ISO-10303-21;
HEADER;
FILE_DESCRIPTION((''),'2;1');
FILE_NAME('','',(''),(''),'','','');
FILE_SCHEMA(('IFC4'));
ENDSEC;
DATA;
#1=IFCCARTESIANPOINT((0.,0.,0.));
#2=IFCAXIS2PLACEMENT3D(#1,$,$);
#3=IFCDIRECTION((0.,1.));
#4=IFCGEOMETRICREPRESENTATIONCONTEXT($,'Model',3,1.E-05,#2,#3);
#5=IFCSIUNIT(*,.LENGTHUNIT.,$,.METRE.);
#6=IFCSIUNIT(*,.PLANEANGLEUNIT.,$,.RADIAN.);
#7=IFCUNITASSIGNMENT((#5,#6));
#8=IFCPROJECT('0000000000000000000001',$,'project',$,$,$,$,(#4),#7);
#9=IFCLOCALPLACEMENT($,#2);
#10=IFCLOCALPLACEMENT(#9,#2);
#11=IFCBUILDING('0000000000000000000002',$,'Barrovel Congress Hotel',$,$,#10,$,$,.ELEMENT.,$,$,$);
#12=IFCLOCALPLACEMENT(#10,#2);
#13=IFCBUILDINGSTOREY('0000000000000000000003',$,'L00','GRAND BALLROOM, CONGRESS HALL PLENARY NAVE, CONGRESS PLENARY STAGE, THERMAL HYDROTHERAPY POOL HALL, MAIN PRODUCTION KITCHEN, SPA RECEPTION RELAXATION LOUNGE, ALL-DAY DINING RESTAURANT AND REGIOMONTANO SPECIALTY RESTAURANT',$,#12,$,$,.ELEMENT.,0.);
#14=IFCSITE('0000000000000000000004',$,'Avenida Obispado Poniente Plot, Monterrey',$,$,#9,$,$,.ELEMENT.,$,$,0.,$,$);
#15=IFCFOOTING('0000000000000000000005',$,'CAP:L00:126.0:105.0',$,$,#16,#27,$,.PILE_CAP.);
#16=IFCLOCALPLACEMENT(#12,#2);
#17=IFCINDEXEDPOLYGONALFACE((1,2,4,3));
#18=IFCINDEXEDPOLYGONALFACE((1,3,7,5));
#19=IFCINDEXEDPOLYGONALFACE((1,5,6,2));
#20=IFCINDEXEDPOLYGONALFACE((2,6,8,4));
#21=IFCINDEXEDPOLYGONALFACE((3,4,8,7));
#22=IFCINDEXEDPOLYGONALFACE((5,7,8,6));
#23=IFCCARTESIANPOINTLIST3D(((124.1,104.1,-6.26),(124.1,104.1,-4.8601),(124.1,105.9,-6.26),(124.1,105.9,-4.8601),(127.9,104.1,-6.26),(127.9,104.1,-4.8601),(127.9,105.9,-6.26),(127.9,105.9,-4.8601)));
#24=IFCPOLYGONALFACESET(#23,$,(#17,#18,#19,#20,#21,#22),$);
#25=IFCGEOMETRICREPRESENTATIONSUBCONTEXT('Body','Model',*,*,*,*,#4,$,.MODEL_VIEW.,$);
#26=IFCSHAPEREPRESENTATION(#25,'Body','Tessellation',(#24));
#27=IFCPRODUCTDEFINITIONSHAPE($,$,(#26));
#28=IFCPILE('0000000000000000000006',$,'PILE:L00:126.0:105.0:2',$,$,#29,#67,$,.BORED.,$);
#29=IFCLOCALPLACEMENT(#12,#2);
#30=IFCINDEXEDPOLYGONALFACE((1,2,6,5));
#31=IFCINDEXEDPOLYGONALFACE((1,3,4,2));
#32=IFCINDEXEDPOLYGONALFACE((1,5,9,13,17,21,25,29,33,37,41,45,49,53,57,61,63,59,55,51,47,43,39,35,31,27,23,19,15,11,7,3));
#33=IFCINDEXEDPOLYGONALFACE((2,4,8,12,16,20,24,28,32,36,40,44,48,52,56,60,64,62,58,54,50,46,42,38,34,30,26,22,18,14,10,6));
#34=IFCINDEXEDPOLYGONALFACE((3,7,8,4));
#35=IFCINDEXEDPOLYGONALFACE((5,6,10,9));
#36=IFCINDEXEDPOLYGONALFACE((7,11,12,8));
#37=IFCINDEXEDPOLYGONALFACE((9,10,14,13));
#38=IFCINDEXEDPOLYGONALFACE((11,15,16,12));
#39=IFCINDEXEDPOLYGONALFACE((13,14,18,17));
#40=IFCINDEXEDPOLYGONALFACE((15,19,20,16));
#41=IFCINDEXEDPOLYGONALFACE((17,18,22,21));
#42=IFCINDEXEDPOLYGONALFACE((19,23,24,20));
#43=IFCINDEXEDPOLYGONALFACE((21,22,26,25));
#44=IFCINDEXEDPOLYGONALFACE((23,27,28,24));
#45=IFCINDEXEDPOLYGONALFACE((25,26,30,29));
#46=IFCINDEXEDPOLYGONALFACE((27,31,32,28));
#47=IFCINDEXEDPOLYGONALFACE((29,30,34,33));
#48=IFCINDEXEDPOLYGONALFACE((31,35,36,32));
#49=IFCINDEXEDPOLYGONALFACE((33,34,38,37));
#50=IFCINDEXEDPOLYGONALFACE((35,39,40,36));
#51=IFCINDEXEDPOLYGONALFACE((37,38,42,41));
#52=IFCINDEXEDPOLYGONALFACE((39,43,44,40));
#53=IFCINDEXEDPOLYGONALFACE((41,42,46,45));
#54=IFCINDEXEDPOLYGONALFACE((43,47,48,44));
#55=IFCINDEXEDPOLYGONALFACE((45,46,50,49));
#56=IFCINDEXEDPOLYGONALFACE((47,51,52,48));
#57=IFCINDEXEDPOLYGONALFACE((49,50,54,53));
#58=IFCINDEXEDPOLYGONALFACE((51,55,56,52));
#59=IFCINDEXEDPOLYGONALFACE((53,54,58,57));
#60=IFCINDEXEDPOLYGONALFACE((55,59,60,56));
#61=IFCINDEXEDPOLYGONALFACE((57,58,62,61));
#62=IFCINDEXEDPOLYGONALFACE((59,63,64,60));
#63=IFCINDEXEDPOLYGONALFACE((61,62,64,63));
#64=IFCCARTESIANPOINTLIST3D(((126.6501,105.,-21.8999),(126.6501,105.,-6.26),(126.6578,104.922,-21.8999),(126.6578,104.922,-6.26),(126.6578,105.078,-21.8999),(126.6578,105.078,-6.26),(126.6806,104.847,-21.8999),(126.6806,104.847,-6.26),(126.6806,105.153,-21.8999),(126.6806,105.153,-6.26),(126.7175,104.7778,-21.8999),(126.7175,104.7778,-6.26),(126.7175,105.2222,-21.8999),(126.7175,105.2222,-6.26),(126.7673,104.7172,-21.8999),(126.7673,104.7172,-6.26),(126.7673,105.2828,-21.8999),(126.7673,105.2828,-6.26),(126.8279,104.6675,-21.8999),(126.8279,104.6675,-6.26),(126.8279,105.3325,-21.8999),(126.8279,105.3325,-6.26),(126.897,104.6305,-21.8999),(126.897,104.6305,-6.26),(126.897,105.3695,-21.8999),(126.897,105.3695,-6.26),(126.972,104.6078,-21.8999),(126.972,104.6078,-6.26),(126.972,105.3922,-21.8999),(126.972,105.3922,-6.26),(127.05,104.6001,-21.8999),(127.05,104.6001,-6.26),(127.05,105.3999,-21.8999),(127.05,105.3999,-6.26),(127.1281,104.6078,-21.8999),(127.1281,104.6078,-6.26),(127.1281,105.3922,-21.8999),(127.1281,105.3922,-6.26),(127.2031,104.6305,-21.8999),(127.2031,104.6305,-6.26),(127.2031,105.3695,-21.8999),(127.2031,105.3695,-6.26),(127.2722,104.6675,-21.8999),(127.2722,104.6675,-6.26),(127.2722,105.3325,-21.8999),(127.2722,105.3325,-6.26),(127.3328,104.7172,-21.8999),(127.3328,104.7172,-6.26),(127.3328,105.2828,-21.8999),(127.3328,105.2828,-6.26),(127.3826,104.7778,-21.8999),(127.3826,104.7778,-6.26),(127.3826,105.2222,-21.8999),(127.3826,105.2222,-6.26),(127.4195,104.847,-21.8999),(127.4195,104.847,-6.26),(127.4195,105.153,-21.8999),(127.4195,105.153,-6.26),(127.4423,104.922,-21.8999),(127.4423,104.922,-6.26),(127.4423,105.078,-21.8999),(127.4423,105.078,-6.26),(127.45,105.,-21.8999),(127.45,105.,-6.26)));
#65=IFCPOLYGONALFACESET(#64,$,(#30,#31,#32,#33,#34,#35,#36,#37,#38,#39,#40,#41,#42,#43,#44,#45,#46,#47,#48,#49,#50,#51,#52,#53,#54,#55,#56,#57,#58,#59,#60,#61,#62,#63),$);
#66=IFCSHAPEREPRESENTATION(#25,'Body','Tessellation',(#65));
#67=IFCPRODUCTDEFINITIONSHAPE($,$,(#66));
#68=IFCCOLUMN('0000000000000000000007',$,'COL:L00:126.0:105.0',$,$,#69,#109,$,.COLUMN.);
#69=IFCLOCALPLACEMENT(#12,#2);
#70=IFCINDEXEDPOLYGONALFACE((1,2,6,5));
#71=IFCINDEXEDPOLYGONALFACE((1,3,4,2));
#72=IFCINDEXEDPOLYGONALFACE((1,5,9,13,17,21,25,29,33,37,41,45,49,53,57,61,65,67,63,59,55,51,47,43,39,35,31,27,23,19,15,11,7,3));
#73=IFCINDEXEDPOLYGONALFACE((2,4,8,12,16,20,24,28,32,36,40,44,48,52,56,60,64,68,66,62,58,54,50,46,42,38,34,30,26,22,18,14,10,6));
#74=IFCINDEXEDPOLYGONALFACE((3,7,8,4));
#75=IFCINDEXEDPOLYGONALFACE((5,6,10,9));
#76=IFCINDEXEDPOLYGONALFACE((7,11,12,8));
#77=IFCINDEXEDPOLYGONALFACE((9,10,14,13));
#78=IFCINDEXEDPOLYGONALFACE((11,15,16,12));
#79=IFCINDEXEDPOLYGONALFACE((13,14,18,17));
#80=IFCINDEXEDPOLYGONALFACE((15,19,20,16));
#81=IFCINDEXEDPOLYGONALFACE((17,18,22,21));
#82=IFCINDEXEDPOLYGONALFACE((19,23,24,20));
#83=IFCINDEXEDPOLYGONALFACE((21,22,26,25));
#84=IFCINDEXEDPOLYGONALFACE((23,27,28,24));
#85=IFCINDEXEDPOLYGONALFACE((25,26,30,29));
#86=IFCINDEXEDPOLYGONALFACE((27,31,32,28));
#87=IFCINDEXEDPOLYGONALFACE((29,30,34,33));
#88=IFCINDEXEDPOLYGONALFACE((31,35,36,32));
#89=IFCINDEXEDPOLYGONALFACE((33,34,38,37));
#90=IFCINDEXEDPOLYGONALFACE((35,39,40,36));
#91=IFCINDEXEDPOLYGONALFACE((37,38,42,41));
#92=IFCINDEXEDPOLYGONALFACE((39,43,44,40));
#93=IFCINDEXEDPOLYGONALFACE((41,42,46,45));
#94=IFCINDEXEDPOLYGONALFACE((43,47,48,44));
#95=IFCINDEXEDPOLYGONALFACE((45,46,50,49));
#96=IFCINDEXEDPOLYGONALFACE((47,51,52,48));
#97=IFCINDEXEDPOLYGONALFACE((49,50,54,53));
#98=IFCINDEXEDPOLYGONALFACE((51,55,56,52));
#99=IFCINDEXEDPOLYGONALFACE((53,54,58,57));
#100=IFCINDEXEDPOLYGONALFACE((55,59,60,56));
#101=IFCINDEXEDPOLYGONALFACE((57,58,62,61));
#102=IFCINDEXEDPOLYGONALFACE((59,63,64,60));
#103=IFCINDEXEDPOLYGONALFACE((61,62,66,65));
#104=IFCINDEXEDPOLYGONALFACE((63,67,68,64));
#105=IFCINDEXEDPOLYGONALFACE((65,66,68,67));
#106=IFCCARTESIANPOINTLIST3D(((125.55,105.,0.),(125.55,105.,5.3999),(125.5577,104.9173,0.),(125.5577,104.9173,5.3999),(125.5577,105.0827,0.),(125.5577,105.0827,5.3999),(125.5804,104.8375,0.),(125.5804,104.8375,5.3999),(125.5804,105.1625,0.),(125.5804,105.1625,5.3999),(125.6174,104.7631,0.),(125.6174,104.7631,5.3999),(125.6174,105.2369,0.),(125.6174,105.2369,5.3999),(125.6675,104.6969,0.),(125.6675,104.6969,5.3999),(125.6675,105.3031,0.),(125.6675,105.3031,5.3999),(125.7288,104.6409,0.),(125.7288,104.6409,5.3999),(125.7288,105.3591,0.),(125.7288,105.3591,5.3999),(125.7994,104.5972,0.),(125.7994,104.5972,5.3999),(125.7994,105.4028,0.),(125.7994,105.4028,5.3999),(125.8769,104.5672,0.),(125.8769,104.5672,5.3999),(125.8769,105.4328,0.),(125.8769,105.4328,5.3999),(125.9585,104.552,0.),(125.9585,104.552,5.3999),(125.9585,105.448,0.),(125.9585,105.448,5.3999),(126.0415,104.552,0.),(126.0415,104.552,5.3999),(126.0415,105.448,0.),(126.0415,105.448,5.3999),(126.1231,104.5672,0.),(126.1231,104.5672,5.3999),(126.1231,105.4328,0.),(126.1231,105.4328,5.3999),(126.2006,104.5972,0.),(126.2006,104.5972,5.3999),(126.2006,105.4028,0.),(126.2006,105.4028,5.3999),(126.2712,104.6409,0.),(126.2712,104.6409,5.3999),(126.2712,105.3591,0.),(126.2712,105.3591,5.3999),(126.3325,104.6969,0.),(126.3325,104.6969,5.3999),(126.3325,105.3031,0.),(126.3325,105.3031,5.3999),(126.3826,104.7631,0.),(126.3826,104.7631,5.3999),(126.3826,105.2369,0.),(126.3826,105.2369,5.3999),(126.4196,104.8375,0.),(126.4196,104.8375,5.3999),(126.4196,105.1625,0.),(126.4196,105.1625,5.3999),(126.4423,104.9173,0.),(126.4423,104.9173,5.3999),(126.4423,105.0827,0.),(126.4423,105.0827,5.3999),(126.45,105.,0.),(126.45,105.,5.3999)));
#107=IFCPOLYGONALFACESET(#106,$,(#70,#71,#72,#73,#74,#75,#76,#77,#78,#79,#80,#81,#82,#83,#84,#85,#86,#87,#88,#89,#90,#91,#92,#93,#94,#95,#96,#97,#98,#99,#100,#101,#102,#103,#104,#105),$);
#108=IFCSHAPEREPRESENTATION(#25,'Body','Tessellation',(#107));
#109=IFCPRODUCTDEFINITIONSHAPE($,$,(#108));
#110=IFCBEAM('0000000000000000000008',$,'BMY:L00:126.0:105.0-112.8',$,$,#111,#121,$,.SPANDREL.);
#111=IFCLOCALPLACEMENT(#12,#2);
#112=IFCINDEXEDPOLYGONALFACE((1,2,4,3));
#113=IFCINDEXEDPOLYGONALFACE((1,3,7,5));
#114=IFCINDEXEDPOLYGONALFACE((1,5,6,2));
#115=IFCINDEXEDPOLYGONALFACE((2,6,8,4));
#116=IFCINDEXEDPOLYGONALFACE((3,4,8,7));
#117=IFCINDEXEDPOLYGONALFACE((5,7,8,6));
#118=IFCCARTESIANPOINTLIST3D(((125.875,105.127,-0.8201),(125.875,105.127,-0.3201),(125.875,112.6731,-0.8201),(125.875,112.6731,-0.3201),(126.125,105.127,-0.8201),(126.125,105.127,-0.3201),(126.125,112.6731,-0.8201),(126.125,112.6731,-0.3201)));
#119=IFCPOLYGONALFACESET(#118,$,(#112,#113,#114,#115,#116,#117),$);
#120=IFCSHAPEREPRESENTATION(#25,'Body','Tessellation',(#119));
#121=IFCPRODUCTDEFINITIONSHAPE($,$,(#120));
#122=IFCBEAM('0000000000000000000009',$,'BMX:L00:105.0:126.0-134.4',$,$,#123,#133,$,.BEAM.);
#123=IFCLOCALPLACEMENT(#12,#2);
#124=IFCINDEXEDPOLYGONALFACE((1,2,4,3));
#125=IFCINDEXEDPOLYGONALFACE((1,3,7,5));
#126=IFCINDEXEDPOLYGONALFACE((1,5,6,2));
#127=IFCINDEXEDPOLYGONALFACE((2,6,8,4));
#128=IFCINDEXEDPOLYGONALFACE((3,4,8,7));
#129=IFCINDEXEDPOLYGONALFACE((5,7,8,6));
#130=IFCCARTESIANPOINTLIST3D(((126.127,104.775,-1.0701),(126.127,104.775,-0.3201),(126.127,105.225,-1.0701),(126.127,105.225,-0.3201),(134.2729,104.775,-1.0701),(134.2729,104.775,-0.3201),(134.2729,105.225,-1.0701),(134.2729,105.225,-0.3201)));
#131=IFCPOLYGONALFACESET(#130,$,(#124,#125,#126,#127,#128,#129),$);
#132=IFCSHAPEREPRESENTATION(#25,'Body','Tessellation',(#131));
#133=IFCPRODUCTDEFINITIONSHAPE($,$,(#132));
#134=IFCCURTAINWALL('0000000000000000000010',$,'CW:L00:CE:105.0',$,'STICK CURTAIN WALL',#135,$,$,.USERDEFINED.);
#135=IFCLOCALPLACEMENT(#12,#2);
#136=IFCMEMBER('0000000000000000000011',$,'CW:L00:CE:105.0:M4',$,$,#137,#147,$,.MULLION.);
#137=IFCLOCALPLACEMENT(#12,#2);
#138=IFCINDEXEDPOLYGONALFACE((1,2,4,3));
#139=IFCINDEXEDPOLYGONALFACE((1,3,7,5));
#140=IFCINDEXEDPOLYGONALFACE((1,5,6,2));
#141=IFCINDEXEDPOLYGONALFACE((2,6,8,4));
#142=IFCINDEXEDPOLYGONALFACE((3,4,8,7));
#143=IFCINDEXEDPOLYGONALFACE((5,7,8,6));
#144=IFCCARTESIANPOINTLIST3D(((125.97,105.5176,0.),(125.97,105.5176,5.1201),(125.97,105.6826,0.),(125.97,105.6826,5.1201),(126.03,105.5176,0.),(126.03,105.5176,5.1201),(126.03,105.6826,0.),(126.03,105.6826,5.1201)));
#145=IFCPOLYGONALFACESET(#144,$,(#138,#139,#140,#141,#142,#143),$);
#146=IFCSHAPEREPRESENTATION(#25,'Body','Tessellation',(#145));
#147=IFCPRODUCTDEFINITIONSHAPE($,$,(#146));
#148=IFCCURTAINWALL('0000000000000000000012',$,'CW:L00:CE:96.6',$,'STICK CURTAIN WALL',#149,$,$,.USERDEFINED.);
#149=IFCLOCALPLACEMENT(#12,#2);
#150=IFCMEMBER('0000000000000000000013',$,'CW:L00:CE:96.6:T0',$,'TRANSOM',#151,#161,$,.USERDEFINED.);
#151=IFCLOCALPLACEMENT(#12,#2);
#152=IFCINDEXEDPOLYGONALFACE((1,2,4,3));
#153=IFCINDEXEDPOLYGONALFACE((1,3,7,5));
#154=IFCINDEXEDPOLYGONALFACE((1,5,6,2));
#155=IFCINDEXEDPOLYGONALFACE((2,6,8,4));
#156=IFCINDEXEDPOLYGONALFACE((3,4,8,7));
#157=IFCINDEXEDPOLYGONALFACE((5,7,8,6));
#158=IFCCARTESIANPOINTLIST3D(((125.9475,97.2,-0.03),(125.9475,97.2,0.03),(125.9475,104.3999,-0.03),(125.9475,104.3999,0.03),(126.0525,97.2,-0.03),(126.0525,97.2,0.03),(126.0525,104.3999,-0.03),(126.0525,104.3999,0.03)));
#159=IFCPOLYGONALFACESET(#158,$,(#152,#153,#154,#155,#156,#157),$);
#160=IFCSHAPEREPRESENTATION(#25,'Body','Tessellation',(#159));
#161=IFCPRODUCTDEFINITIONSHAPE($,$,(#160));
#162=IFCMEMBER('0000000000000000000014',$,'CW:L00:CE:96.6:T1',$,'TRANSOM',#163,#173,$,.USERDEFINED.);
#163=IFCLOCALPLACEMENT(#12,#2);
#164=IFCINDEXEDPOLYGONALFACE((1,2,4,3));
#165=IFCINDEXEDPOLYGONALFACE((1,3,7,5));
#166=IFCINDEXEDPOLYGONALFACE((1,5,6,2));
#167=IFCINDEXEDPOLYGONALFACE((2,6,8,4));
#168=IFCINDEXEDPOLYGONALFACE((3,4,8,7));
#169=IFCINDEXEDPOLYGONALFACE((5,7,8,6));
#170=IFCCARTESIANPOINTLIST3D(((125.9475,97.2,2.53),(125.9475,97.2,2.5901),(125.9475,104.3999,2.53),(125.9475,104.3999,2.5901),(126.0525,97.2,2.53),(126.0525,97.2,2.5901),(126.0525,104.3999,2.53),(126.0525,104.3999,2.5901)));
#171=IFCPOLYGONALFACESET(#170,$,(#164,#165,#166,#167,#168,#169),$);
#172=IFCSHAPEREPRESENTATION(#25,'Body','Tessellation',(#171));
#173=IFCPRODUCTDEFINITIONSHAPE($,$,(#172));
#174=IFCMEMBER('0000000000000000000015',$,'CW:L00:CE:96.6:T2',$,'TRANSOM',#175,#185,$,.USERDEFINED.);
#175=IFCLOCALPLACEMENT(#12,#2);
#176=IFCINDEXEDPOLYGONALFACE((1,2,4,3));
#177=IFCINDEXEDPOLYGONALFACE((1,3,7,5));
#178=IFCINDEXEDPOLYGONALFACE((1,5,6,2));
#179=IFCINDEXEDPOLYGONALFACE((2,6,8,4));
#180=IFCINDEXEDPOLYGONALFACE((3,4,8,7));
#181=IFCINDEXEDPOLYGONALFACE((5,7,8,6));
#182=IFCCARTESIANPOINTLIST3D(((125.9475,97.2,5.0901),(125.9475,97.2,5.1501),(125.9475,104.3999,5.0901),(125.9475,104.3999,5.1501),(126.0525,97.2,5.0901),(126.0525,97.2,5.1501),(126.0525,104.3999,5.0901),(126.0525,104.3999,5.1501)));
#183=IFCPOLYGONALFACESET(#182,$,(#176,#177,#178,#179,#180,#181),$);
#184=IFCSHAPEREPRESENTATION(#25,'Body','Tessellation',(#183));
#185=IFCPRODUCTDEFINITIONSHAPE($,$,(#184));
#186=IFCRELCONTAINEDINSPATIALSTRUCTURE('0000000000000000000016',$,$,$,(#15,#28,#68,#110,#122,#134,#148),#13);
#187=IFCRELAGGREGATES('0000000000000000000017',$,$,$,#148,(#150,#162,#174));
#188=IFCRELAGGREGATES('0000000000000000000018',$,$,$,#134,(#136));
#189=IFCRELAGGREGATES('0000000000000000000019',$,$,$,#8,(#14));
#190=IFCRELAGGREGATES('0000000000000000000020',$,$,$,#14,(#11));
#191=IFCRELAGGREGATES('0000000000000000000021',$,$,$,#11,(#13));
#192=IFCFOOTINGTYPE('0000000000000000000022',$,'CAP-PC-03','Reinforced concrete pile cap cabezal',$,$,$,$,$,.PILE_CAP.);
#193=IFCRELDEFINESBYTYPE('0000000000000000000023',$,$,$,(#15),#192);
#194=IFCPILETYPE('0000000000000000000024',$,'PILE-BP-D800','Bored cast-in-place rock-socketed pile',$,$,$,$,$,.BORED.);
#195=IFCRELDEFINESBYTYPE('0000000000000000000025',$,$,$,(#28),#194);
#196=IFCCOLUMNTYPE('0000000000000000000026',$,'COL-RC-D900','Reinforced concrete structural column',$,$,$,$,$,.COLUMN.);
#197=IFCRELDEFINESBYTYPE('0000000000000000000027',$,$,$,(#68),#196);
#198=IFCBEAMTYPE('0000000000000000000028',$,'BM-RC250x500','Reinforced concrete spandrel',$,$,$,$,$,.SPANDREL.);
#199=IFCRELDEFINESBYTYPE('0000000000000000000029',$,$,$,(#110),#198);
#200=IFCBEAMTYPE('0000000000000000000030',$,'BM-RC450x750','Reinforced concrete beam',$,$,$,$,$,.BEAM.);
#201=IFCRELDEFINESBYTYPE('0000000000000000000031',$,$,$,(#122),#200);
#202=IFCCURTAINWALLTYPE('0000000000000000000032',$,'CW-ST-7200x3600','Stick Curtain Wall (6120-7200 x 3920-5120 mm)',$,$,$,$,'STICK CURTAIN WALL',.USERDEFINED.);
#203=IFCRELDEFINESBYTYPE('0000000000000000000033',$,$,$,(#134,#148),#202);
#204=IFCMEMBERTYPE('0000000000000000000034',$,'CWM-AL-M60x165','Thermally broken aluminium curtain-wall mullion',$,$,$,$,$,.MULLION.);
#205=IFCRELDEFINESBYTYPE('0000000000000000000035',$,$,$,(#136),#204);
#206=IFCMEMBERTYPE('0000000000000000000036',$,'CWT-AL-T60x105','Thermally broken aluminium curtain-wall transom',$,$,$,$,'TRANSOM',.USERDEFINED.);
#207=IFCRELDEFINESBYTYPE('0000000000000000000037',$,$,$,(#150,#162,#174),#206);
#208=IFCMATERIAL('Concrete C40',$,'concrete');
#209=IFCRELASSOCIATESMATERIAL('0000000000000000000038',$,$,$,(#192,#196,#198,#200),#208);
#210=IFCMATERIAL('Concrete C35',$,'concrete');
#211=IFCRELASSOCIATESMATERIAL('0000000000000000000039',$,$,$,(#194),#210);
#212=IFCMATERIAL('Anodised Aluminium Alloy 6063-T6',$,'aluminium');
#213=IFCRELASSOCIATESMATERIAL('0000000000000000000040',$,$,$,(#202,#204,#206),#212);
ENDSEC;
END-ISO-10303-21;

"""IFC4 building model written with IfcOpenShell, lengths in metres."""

from ifc_helpers import new_model, si_unit, direction, frame, origin, origin_2d, place, context, subcontext, project, spatial, rectangle, circle, extrude, material, material_profile, profile_set, type_object, element, aggregate, save


model = new_model("IFC4")

# Units and contexts
model_context = context("Model", 3, precision=1e-05, world=origin(), true_north=direction((0.0, 1.0)))
body_context = subcontext(model_context, "Body", "Model", "MODEL_VIEW")
ifc_project = project(units=[si_unit("LENGTHUNIT", "METRE"), si_unit("PLANEANGLEUNIT", "RADIAN")], contexts=[model_context])

# Site, building, storey
site_placement = place(None, origin())
site = spatial("IfcSite", under=ifc_project, at=site_placement, Name="Avenida Obispado Poniente Plot, Monterrey", CompositionType="ELEMENT", RefElevation=0.0)
building_placement = place(site_placement, origin())
building = spatial("IfcBuilding", under=site, at=building_placement, Name="Barrovel Congress Hotel", CompositionType="ELEMENT")
storey_placement = place(building_placement, origin())
storey = spatial("IfcBuildingStorey", under=building, at=storey_placement, Name="L00", Description="GRAND BALLROOM, CONGRESS HALL PLENARY NAVE, CONGRESS PLENARY STAGE, THERMAL HYDROTHERAPY POOL HALL, MAIN PRODUCTION KITCHEN, SPA RECEPTION RELAXATION LOUNGE, ALL-DAY DINING RESTAURANT AND REGIOMONTANO SPECIALTY RESTAURANT", CompositionType="ELEMENT", Elevation=0.0)

# Footing
ifc_material_1 = material(Name="Concrete C40", Category="concrete")
footing_type = type_object("IfcFootingType", Name="CAP-PC-03", Description="Reinforced concrete pile cap cabezal", PredefinedType="PILE_CAP", material=ifc_material_1)
footing_placement = place(storey_placement, frame((126.0, 105.0, -6.26), z_axis=(0.0, 0.0, 1.0), x_axis=(1.0, 0.0, 0.0)))
element("IfcFooting", 1, at=footing_placement, inside=storey, type_object=footing_type, Name="CAP:L00:126.0:105.0", PredefinedType="PILE_CAP", context=body_context, shape_type="SweptSolid", body=[
    extrude(rectangle(XDim=3.8, YDim=1.8, at=origin_2d()), origin(), (0.0, 0.0, 1.0), 1.3999),
])

# Pile
ifc_material_2 = material(Name="Concrete C35", Category="concrete")
ifc_material_profile_1 = material_profile(ifc_material_2, circle(Radius=0.3999, at=origin_2d()), Name="BP-D800")
ifc_profile_set_1 = profile_set([ifc_material_profile_1], Name="Concrete C35")
pile_type = type_object("IfcPileType", Name="PILE-BP-D800", Description="Bored cast-in-place rock-socketed pile", PredefinedType="BORED", material=ifc_profile_set_1)
pile_placement = place(storey_placement, frame((127.05, 105.0, -6.26), z_axis=(0.0, 0.0, -1.0), x_axis=(1.0, 0.0, 0.0)))
element("IfcPile", 2, at=pile_placement, inside=storey, type_object=pile_type, Name="PILE:L00:126.0:105.0:2", PredefinedType="BORED", context=body_context, shape_type="SweptSolid", body=[
    extrude(circle(Radius=0.3999, at=origin_2d()), origin(), (0.0, 0.0, 1.0), 15.6399),
])

# Column
ifc_material_profile_2 = material_profile(ifc_material_1, circle(Radius=0.45, at=origin_2d()), Name="RC-D900")
ifc_profile_set_2 = profile_set([ifc_material_profile_2], Name="Concrete C40")
column_type = type_object("IfcColumnType", Name="COL-RC-D900", Description="Reinforced concrete structural column", PredefinedType="COLUMN", material=ifc_profile_set_2)
column_placement = place(storey_placement, frame((126.0, 105.0, 0.0), z_axis=(0.0, 0.0, 1.0), x_axis=(1.0, 0.0, 0.0)))
element("IfcColumn", 3, at=column_placement, inside=storey, type_object=column_type, Name="COL:L00:126.0:105.0", PredefinedType="COLUMN", context=body_context, shape_type="SweptSolid", body=[
    extrude(circle(Radius=0.45, at=origin_2d()), origin(), (0.0, 0.0, 1.0), 5.3999),
])

# Beams
ifc_material_profile_3 = material_profile(ifc_material_1, rectangle(XDim=0.25, YDim=0.5, at=origin_2d()), Name="RC250x500")
ifc_profile_set_3 = profile_set([ifc_material_profile_3], Name="Concrete C40")
beam_type_1 = type_object("IfcBeamType", Name="BM-RC250x500", Description="Reinforced concrete spandrel", PredefinedType="SPANDREL", material=ifc_profile_set_3)
beam_1_placement = place(storey_placement, frame((126.0, 105.127, -0.5701), z_axis=(0.0, 1.0, 0.0), x_axis=(-1.0, 0.0, 0.0)))
element("IfcBeam", 4, at=beam_1_placement, inside=storey, type_object=beam_type_1, Name="BMY:L00:126.0:105.0-112.8", PredefinedType="SPANDREL", context=body_context, shape_type="SweptSolid", body=[
    extrude(rectangle(XDim=0.25, YDim=0.5, at=origin_2d()), origin(), (0.0, 0.0, 1.0), 7.5461),
])
ifc_material_profile_4 = material_profile(ifc_material_1, rectangle(XDim=0.45, YDim=0.75, at=origin_2d()), Name="RC450x750")
ifc_profile_set_4 = profile_set([ifc_material_profile_4], Name="Concrete C40")
beam_type_2 = type_object("IfcBeamType", Name="BM-RC450x750", Description="Reinforced concrete beam", PredefinedType="BEAM", material=ifc_profile_set_4)
beam_2_placement = place(storey_placement, frame((126.127, 105.0, -0.6951), z_axis=(1.0, 0.0, 0.0), x_axis=(0.0, 1.0, 0.0)))
element("IfcBeam", 5, at=beam_2_placement, inside=storey, type_object=beam_type_2, Name="BMX:L00:105.0:126.0-134.4", PredefinedType="BEAM", context=body_context, shape_type="SweptSolid", body=[
    extrude(rectangle(XDim=0.45, YDim=0.75, at=origin_2d()), origin(), (0.0, 0.0, 1.0), 8.146),
])

# Curtain wall, member
ifc_material_3 = material(Name="Anodised Aluminium Alloy 6063-T6", Category="aluminium")
curtain_wall_type = type_object("IfcCurtainWallType", Name="CW-ST-7200x3600", Description="Stick Curtain Wall (6120-7200 x 3920-5120 mm)", ElementType="STICK CURTAIN WALL", PredefinedType="USERDEFINED", material=ifc_material_3)
curtain_wall_1_placement = place(storey_placement, origin())
curtain_wall_1 = element("IfcCurtainWall", 6, at=curtain_wall_1_placement, inside=storey, type_object=curtain_wall_type, Name="CW:L00:CE:105.0", ObjectType="STICK CURTAIN WALL", PredefinedType="USERDEFINED")
ifc_material_profile_5 = material_profile(ifc_material_3, rectangle(XDim=0.0601, YDim=0.165, at=origin_2d()), Name="AL-M60x165")
ifc_profile_set_5 = profile_set([ifc_material_profile_5], Name="Anodised Aluminium Alloy 6063-T6")
member_type_1 = type_object("IfcMemberType", Name="CWM-AL-M60x165", Description="Thermally broken aluminium curtain-wall mullion", PredefinedType="MULLION", material=ifc_profile_set_5)
member_1_placement = place(storey_placement, frame((126.0, 105.6001, 0.0), z_axis=(0.0, 0.0, 1.0), x_axis=(1.0, 0.0, 0.0)))
member_1 = element("IfcMember", 7, at=member_1_placement, type_object=member_type_1, Name="CW:L00:CE:105.0:M4", PredefinedType="MULLION", context=body_context, shape_type="SweptSolid", body=[
    extrude(rectangle(XDim=0.0601, YDim=0.165, at=origin_2d()), origin(), (0.0, 0.0, 1.0), 5.1201),
])

# Curtain wall, members
curtain_wall_2_placement = place(storey_placement, origin())
curtain_wall_2 = element("IfcCurtainWall", 8, at=curtain_wall_2_placement, inside=storey, type_object=curtain_wall_type, Name="CW:L00:CE:96.6", ObjectType="STICK CURTAIN WALL", PredefinedType="USERDEFINED")
ifc_material_profile_6 = material_profile(ifc_material_3, rectangle(XDim=0.105, YDim=0.0601, at=origin_2d()), Name="AL-T60x105")
ifc_profile_set_6 = profile_set([ifc_material_profile_6], Name="Anodised Aluminium Alloy 6063-T6")
member_type_2 = type_object("IfcMemberType", Name="CWT-AL-T60x105", Description="Thermally broken aluminium curtain-wall transom", ElementType="TRANSOM", PredefinedType="USERDEFINED", material=ifc_profile_set_6)
member_2_placement = place(storey_placement, frame((126.0, 104.3999, 0.0), z_axis=(0.0, -1.0, 0.0), x_axis=(1.0, 0.0, 0.0)))
member_2 = element("IfcMember", 9, at=member_2_placement, type_object=member_type_2, Name="CW:L00:CE:96.6:T0", ObjectType="TRANSOM", PredefinedType="USERDEFINED", context=body_context, shape_type="SweptSolid", body=[
    extrude(rectangle(XDim=0.105, YDim=0.0601, at=origin_2d()), origin(), (0.0, 0.0, 1.0), 7.2),
])
member_3_placement = place(storey_placement, frame((126.0, 104.3999, 2.5601), z_axis=(0.0, -1.0, 0.0), x_axis=(1.0, 0.0, 0.0)))
member_3 = element("IfcMember", 10, at=member_3_placement, type_object=member_type_2, Name="CW:L00:CE:96.6:T1", ObjectType="TRANSOM", PredefinedType="USERDEFINED", context=body_context, shape_type="SweptSolid", body=[
    extrude(rectangle(XDim=0.105, YDim=0.0601, at=origin_2d()), origin(), (0.0, 0.0, 1.0), 7.2),
])
member_4_placement = place(storey_placement, frame((126.0, 104.3999, 5.1201), z_axis=(0.0, -1.0, 0.0), x_axis=(1.0, 0.0, 0.0)))
member_4 = element("IfcMember", 11, at=member_4_placement, type_object=member_type_2, Name="CW:L00:CE:96.6:T2", ObjectType="TRANSOM", PredefinedType="USERDEFINED", context=body_context, shape_type="SweptSolid", body=[
    extrude(rectangle(XDim=0.105, YDim=0.0601, at=origin_2d()), origin(), (0.0, 0.0, 1.0), 7.2),
])
aggregate(curtain_wall_2, [member_2, member_3, member_4])

aggregate(curtain_wall_1, [member_1])

save(model, "model.ifc")
